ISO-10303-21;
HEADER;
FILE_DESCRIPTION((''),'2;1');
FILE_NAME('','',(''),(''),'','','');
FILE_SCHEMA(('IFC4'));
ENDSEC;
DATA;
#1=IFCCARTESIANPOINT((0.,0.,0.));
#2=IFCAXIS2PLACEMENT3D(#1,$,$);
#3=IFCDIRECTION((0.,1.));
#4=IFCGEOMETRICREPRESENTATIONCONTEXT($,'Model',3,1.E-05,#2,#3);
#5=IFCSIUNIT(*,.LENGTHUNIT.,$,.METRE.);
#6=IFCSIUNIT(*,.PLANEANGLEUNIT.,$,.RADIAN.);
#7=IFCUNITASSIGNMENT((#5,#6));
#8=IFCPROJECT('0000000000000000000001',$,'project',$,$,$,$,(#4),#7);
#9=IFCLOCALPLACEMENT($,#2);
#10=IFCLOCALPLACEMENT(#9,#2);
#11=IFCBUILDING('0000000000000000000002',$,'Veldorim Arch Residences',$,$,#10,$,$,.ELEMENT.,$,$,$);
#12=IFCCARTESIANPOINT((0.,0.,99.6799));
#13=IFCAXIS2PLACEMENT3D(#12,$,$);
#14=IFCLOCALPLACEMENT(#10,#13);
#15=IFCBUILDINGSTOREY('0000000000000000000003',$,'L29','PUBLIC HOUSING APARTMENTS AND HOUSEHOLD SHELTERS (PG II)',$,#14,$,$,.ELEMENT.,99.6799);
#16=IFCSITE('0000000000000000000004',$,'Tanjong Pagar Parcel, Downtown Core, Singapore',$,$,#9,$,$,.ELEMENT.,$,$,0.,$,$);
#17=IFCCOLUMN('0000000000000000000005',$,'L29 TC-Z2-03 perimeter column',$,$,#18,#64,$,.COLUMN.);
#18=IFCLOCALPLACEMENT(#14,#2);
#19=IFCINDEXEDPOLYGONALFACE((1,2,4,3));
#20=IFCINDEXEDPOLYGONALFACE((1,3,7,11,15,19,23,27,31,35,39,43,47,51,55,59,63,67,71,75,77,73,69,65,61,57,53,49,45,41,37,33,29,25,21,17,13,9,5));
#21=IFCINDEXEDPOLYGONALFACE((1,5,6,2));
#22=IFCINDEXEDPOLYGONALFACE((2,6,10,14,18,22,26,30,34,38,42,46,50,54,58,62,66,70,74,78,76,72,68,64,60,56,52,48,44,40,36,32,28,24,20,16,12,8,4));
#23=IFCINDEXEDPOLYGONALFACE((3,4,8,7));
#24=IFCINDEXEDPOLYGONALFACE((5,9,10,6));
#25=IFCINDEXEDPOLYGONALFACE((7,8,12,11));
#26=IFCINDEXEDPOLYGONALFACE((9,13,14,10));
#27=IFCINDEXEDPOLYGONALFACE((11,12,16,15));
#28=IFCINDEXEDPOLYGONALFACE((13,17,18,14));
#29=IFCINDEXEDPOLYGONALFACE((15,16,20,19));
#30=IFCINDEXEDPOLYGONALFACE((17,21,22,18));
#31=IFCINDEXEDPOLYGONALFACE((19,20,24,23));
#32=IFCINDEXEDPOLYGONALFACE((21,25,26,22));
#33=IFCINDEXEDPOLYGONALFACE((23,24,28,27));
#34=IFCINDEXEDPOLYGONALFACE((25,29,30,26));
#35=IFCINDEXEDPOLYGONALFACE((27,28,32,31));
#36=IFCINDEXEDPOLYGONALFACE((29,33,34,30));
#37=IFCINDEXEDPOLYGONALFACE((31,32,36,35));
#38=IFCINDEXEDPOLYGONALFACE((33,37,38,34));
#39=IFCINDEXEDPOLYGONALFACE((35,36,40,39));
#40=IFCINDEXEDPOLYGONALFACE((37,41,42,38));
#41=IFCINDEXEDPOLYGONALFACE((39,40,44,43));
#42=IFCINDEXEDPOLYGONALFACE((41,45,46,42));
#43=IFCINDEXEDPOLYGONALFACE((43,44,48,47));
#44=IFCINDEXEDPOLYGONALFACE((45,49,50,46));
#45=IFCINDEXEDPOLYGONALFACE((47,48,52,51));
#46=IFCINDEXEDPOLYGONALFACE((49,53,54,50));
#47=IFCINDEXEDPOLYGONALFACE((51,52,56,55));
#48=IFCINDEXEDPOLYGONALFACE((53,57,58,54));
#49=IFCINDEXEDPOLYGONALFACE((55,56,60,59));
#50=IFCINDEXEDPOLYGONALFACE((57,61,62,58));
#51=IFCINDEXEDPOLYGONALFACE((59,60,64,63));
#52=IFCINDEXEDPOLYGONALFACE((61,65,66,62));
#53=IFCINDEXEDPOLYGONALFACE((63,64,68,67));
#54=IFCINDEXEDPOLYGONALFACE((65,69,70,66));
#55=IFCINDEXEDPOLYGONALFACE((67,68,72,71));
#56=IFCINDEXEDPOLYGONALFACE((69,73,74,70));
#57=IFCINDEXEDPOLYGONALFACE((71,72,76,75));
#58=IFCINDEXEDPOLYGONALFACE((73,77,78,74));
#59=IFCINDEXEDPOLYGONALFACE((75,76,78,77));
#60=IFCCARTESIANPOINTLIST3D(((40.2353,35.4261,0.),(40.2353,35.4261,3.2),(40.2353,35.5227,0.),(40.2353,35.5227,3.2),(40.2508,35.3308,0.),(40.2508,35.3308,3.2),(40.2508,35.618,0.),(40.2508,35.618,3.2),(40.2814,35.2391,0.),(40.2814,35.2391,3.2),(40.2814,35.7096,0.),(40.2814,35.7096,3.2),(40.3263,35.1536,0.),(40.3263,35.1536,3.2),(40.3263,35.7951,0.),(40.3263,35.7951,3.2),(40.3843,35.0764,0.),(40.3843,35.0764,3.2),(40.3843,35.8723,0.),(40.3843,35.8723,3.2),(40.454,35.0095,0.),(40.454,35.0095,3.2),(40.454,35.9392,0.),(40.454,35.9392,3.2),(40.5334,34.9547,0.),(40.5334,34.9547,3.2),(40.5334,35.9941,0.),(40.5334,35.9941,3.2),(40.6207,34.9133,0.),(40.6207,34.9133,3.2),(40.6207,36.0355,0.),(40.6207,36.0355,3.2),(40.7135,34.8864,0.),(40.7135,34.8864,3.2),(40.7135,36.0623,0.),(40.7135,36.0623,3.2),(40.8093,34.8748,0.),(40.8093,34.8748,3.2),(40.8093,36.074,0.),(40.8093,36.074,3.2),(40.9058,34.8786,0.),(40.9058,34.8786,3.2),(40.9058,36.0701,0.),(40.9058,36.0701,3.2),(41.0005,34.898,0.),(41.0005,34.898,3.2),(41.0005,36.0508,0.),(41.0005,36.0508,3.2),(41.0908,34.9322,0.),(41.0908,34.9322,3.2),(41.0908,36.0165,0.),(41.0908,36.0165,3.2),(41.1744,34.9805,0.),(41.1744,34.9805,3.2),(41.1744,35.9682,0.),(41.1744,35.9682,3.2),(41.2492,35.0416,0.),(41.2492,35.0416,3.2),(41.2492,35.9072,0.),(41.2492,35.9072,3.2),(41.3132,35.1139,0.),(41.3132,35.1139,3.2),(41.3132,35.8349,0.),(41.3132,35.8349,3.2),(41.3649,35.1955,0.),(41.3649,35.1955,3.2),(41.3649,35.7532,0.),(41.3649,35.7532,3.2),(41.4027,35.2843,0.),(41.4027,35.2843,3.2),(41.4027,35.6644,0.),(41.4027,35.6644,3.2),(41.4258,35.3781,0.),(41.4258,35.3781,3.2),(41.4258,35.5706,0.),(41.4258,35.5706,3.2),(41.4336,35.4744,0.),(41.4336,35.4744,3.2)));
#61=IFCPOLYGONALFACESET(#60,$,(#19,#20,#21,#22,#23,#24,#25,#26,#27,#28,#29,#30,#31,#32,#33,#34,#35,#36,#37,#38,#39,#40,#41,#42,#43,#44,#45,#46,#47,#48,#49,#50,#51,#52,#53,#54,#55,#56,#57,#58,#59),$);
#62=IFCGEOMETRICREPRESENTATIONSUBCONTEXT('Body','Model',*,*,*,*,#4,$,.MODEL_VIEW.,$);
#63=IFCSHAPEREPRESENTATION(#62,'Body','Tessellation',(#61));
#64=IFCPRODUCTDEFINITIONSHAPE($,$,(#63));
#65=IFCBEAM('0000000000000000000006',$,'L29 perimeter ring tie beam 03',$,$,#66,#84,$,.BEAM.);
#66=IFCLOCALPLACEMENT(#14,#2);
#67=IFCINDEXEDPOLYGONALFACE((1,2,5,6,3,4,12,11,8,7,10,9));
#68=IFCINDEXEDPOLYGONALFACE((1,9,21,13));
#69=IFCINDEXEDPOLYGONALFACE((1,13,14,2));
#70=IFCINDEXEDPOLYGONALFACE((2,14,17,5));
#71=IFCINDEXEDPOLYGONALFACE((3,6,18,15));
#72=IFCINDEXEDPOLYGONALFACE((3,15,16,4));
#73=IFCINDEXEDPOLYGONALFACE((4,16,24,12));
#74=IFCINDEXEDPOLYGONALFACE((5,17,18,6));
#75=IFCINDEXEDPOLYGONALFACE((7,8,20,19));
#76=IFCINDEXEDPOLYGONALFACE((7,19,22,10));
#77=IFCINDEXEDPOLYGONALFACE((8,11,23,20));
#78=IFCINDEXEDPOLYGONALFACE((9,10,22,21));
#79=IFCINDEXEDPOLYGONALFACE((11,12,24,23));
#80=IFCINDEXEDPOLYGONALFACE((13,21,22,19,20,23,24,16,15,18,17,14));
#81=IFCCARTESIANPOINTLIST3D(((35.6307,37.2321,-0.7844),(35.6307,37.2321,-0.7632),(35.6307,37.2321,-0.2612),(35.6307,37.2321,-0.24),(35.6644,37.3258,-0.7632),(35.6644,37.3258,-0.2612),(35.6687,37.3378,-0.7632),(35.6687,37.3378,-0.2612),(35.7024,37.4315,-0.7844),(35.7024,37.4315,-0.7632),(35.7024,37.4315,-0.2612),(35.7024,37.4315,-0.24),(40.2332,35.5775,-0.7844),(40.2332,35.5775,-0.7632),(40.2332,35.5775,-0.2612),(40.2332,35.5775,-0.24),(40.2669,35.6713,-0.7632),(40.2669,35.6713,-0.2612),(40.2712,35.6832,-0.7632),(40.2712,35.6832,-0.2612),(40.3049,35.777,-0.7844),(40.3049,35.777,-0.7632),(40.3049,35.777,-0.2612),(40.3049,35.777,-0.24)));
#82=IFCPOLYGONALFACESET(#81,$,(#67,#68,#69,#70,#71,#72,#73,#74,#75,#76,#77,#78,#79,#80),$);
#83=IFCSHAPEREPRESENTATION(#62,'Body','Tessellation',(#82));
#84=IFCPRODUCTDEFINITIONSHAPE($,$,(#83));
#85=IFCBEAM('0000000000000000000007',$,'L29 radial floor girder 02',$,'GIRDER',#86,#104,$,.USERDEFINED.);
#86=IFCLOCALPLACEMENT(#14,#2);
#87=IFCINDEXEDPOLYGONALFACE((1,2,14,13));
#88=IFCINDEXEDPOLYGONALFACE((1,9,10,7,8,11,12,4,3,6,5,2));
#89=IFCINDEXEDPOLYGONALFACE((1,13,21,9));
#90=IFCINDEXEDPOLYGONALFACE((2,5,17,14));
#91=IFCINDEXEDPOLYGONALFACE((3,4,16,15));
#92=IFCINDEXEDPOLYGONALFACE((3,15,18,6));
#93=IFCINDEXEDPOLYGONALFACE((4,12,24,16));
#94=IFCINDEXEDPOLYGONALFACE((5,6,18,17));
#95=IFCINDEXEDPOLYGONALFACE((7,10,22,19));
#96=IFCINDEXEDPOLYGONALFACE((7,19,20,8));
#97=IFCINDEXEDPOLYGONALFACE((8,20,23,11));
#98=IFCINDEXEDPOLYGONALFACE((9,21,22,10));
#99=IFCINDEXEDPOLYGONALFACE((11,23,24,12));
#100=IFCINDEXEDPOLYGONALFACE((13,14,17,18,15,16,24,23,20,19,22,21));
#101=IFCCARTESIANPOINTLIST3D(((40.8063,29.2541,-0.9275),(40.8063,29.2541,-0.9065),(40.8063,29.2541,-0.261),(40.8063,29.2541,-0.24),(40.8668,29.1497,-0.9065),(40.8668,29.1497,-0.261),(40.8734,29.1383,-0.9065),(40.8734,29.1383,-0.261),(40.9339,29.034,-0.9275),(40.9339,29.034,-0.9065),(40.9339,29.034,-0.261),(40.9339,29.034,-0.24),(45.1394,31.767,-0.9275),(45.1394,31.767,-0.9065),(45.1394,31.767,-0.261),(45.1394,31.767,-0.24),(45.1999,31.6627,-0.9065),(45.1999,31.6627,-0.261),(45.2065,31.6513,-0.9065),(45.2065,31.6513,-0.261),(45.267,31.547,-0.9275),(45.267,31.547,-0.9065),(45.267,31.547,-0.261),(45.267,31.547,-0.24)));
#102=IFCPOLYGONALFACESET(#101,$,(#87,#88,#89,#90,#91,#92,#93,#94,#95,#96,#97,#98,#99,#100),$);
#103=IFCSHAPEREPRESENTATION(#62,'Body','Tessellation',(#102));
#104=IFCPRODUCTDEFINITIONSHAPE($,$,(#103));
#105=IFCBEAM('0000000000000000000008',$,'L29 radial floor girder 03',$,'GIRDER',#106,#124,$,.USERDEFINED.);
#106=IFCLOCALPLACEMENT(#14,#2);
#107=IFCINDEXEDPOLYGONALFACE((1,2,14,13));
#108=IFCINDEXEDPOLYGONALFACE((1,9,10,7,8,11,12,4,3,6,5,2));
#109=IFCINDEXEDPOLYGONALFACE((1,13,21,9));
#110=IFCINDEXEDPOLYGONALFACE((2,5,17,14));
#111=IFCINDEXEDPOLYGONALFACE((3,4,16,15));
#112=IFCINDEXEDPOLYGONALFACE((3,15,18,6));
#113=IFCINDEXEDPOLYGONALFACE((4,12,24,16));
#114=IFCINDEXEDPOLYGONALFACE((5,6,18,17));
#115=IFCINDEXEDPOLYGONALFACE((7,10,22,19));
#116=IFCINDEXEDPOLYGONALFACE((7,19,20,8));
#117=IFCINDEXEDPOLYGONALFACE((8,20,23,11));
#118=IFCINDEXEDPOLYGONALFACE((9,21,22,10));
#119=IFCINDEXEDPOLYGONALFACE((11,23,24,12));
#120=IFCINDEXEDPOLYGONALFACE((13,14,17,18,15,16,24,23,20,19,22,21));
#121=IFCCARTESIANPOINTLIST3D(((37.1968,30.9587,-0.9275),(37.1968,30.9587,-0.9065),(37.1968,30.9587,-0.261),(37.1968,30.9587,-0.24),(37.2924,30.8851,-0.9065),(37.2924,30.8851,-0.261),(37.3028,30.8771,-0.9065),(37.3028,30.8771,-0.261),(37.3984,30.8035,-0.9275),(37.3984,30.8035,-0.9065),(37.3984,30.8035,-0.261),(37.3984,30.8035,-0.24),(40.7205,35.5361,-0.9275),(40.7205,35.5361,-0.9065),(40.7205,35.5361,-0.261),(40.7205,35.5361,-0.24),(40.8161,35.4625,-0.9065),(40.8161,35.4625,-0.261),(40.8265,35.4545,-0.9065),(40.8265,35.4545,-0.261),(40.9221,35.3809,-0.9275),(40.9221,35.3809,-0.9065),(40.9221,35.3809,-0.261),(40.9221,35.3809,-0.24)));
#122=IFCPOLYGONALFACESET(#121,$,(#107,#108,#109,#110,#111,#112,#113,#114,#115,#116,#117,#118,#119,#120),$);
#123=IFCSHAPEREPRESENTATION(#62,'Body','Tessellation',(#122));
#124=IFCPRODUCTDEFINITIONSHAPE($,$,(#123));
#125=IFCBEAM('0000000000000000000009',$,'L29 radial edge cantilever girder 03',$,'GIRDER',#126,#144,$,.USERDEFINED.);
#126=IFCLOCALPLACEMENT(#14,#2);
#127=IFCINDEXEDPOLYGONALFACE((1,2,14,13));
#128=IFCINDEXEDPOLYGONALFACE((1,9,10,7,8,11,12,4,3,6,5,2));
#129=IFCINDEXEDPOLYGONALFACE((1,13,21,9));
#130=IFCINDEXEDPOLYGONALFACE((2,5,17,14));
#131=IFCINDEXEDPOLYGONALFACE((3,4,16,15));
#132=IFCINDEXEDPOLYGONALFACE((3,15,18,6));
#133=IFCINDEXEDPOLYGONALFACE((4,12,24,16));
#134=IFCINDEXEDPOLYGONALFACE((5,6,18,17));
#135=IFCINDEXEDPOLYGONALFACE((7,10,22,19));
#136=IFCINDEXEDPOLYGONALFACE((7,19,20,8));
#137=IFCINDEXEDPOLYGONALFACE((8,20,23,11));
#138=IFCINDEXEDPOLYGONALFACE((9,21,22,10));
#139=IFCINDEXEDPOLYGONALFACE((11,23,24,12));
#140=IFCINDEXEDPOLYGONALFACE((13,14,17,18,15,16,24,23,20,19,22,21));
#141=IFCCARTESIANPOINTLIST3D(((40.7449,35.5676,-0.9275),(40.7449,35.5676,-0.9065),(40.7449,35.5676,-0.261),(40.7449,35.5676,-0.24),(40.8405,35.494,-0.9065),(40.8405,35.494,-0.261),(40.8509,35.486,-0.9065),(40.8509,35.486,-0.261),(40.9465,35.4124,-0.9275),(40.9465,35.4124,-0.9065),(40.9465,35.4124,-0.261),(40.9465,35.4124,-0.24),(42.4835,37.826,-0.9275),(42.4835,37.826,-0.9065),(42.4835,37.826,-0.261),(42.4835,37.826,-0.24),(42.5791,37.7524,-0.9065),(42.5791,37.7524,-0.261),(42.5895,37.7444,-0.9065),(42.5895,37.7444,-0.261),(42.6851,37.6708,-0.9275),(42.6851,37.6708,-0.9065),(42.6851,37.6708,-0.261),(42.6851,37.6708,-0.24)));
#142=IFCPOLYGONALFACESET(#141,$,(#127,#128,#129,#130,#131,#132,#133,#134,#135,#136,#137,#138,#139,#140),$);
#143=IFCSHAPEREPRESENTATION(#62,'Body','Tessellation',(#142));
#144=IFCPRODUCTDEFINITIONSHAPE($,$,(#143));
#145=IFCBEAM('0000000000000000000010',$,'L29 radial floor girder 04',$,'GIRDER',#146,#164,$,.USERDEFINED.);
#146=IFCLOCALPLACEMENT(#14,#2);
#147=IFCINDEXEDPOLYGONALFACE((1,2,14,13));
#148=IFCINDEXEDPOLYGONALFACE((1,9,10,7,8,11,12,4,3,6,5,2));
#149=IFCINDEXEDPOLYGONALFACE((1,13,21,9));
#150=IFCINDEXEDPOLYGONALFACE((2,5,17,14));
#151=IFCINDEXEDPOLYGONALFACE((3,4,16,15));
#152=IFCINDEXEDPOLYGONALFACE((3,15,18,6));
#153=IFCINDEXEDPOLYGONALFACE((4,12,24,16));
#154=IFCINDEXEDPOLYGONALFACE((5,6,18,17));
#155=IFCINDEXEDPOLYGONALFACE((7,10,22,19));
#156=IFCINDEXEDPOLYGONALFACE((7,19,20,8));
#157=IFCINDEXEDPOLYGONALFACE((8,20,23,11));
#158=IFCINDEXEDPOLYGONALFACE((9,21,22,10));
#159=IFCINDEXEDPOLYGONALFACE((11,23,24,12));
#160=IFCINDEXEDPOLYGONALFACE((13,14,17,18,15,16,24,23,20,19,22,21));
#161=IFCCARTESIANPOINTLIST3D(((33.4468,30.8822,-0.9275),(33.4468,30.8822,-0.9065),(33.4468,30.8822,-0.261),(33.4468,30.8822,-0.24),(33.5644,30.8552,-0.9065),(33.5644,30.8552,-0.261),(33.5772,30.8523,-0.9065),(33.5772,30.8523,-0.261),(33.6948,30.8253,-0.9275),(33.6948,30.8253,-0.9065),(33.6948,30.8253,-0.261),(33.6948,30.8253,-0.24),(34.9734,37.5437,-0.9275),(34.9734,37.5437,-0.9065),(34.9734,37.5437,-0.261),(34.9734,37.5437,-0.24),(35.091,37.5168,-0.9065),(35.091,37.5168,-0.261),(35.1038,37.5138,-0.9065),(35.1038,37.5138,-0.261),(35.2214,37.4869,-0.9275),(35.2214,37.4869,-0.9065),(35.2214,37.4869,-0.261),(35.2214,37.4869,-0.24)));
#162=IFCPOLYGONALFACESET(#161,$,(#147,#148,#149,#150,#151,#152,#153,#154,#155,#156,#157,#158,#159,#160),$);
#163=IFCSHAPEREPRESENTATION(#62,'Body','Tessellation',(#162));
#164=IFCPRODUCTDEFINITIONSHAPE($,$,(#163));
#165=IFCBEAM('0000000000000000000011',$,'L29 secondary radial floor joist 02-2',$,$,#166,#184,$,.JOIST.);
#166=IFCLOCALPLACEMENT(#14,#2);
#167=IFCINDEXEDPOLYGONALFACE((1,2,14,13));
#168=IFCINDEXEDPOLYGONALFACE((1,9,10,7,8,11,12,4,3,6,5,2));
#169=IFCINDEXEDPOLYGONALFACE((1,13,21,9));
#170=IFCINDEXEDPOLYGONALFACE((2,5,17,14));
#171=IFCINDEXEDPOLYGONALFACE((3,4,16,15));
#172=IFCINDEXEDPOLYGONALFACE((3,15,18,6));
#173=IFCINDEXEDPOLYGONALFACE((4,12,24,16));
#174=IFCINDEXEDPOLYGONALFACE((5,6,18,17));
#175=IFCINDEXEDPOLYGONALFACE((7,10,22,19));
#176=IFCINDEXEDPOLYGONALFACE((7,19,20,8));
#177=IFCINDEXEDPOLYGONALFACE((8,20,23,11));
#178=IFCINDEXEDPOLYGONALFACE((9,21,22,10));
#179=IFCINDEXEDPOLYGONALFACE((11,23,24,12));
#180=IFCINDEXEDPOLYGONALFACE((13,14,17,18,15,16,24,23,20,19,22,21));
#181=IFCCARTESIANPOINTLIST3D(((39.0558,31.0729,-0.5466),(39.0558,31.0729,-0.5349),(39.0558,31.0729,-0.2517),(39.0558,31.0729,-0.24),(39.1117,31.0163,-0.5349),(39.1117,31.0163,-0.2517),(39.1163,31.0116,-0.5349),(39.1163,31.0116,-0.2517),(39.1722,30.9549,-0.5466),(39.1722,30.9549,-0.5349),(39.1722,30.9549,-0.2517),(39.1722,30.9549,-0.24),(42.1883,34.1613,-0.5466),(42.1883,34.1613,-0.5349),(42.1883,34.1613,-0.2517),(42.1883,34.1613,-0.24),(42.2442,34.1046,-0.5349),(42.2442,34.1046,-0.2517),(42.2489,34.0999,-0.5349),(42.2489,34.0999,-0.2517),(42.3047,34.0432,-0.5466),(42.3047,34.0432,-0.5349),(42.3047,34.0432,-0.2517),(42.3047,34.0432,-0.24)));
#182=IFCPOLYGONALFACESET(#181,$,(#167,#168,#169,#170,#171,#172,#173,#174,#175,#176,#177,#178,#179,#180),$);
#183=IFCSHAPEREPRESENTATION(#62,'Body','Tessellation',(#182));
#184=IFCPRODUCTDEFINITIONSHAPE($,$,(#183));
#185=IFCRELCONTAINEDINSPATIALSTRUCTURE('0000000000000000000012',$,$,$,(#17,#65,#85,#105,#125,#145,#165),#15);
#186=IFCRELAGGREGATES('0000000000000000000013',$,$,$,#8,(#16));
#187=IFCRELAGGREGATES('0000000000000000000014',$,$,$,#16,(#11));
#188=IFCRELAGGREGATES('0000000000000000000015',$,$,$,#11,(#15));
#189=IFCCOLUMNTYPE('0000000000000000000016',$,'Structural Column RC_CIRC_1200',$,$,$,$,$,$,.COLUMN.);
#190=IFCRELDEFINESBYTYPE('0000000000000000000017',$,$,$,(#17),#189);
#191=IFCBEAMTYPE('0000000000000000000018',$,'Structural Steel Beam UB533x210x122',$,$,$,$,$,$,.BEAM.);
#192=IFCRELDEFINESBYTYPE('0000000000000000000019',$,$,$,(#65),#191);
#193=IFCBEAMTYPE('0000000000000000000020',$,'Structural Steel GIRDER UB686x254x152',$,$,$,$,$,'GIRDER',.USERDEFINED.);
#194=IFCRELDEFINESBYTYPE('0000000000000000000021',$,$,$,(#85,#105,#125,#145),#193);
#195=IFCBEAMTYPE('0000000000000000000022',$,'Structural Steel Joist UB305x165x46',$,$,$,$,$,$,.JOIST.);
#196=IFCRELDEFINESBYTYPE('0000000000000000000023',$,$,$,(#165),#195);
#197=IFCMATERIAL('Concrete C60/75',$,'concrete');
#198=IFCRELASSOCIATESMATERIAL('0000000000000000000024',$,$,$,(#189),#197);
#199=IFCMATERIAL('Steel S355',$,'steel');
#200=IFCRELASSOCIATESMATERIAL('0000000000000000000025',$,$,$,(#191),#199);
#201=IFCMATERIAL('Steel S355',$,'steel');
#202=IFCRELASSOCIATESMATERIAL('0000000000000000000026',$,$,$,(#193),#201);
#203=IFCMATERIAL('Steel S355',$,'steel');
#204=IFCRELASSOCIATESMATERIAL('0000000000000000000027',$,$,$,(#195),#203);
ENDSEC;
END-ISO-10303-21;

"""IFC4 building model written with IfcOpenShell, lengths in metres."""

from ifc_helpers import new_model, si_unit, direction, frame, origin, origin_2d, place, context, subcontext, project, spatial, circle, i_section, extrude, material, material_profile, profile_set, type_object, element, save


model = new_model("IFC4")

# Units and contexts
model_context = context("Model", 3, precision=1e-05, world=origin(), true_north=direction((0.0, 1.0)))
body_context = subcontext(model_context, "Body", "Model", "MODEL_VIEW")
ifc_project = project(units=[si_unit("LENGTHUNIT", "METRE"), si_unit("PLANEANGLEUNIT", "RADIAN")], contexts=[model_context])

# Site, building, storey
site_placement = place(None, origin())
site = spatial("IfcSite", under=ifc_project, at=site_placement, Name="Tanjong Pagar Parcel, Downtown Core, Singapore", CompositionType="ELEMENT", RefElevation=0.0)
building_placement = place(site_placement, origin())
building = spatial("IfcBuilding", under=site, at=building_placement, Name="Veldorim Arch Residences", CompositionType="ELEMENT")
storey_placement = place(building_placement, frame((0.0, 0.0, 99.6799)))
storey = spatial("IfcBuildingStorey", under=building, at=storey_placement, Name="L29", Description="PUBLIC HOUSING APARTMENTS AND HOUSEHOLD SHELTERS (PG II)", CompositionType="ELEMENT", Elevation=99.6799)

# Column
ifc_material_1 = material(Name="Concrete C60/75", Category="concrete")
ifc_material_profile_1 = material_profile(ifc_material_1, circle(Radius=0.6001, at=origin_2d()), Name="RC_CIRC_1200")
ifc_profile_set_1 = profile_set([ifc_material_profile_1], Name="Concrete C60/75")
column_type = type_object("IfcColumnType", Name="Structural Column RC_CIRC_1200", PredefinedType="COLUMN", material=ifc_profile_set_1)
column_placement = place(storey_placement, frame((40.8335, 35.4744, 0.0), z_axis=(0.0, 0.0, 1.0), x_axis=(1.0, 0.0, 0.0)))
element("IfcColumn", 1, at=column_placement, inside=storey, type_object=column_type, Name="L29 TC-Z2-03 perimeter column", PredefinedType="COLUMN", context=body_context, shape_type="SweptSolid", body=[
    extrude(circle(Radius=0.6001, at=origin_2d()), origin(), (0.0, 0.0, 1.0), 3.2),
])

# Beams
ifc_material_2 = material(Name="Steel S355", Category="steel")
ifc_material_profile_2 = material_profile(ifc_material_2, i_section(OverallWidth=0.2119, OverallDepth=0.5444, WebThickness=0.0127, FlangeThickness=0.0212, at=origin_2d()), Name="UB533x210x122")
ifc_profile_set_2 = profile_set([ifc_material_profile_2], Name="Steel S355")
beam_type_1 = type_object("IfcBeamType", Name="Structural Steel Beam UB533x210x122", PredefinedType="BEAM", material=ifc_profile_set_2)
beam_1_placement = place(storey_placement, frame((40.269, 35.6772, -0.5122), z_axis=(-0.941042, 0.33829, 0.0), x_axis=(-0.33829, -0.941042, 0.0)))
element("IfcBeam", 2, at=beam_1_placement, inside=storey, type_object=beam_type_1, Name="L29 perimeter ring tie beam 03", PredefinedType="BEAM", context=body_context, shape_type="SweptSolid", body=[
    extrude(i_section(OverallWidth=0.2119, OverallDepth=0.5444, WebThickness=0.0127, FlangeThickness=0.0212, at=origin_2d()), origin(), (0.0, 0.0, 1.0), 4.8909),
])
ifc_material_3 = material(Name="Steel S355", Category="steel")
ifc_material_profile_3 = material_profile(ifc_material_3, i_section(OverallWidth=0.2544, OverallDepth=0.6875, WebThickness=0.0132, FlangeThickness=0.021, at=origin_2d()), Name="UB686x254x152")
ifc_profile_set_3 = profile_set([ifc_material_profile_3], Name="Steel S355")
beam_type_2 = type_object("IfcBeamType", Name="Structural Steel GIRDER UB686x254x152", ElementType="GIRDER", PredefinedType="USERDEFINED", material=ifc_profile_set_3)
beam_2_placement = place(storey_placement, frame((40.8701, 29.144, -0.5837), z_axis=(0.865049, 0.501687, 0.0), x_axis=(-0.501687, 0.865049, 0.0)))
element("IfcBeam", 3, at=beam_2_placement, inside=storey, type_object=beam_type_2, Name="L29 radial floor girder 02", ObjectType="GIRDER", PredefinedType="USERDEFINED", context=body_context, shape_type="SweptSolid", body=[
    extrude(i_section(OverallWidth=0.2544, OverallDepth=0.6875, WebThickness=0.0132, FlangeThickness=0.021, at=origin_2d()), origin(), (0.0, 0.0, 1.0), 5.009),
])
beam_3_placement = place(storey_placement, frame((37.2976, 30.8811, -0.5837), z_axis=(0.609995, 0.792406, 0.0), x_axis=(-0.792406, 0.609995, 0.0)))
element("IfcBeam", 4, at=beam_3_placement, inside=storey, type_object=beam_type_2, Name="L29 radial floor girder 03", ObjectType="GIRDER", PredefinedType="USERDEFINED", context=body_context, shape_type="SweptSolid", body=[
    extrude(i_section(OverallWidth=0.2544, OverallDepth=0.6875, WebThickness=0.0132, FlangeThickness=0.021, at=origin_2d()), origin(), (0.0, 0.0, 1.0), 5.7766),
])
beam_4_placement = place(storey_placement, frame((40.8457, 35.49, -0.5837), z_axis=(0.610013, 0.792391, 0.0), x_axis=(-0.792391, 0.610013, 0.0)))
element("IfcBeam", 5, at=beam_4_placement, inside=storey, type_object=beam_type_2, Name="L29 radial edge cantilever girder 03", ObjectType="GIRDER", PredefinedType="USERDEFINED", context=body_context, shape_type="SweptSolid", body=[
    extrude(i_section(OverallWidth=0.2544, OverallDepth=0.6875, WebThickness=0.0132, FlangeThickness=0.021, at=origin_2d()), origin(), (0.0, 0.0, 1.0), 2.8501),
])
beam_5_placement = place(storey_placement, frame((33.5708, 30.8538, -0.5837), z_axis=(0.223375, 0.974733, 0.0), x_axis=(-0.974733, 0.223375, 0.0)))
element("IfcBeam", 6, at=beam_5_placement, inside=storey, type_object=beam_type_2, Name="L29 radial floor girder 04", ObjectType="GIRDER", PredefinedType="USERDEFINED", context=body_context, shape_type="SweptSolid", body=[
    extrude(i_section(OverallWidth=0.2544, OverallDepth=0.6875, WebThickness=0.0132, FlangeThickness=0.021, at=origin_2d()), origin(), (0.0, 0.0, 1.0), 6.8342),
])
ifc_material_4 = material(Name="Steel S355", Category="steel")
ifc_material_profile_4 = material_profile(ifc_material_4, i_section(OverallWidth=0.1658, OverallDepth=0.3066, WebThickness=0.0066, FlangeThickness=0.0117, at=origin_2d()), Name="UB305x165x46")
ifc_profile_set_4 = profile_set([ifc_material_profile_4], Name="Steel S355")
beam_type_3 = type_object("IfcBeamType", Name="Structural Steel Joist UB305x165x46", PredefinedType="JOIST", material=ifc_profile_set_4)
beam_6_placement = place(storey_placement, frame((39.114, 31.0139, -0.3933), z_axis=(0.712112, 0.702066, 0.0), x_axis=(-0.702066, 0.712112, 0.0)))
element("IfcBeam", 7, at=beam_6_placement, inside=storey, type_object=beam_type_3, Name="L29 secondary radial floor joist 02-2", PredefinedType="JOIST", context=body_context, shape_type="SweptSolid", body=[
    extrude(i_section(OverallWidth=0.1658, OverallDepth=0.3066, WebThickness=0.0066, FlangeThickness=0.0117, at=origin_2d()), origin(), (0.0, 0.0, 1.0), 4.3989),
])

save(model, "model.ifc")
